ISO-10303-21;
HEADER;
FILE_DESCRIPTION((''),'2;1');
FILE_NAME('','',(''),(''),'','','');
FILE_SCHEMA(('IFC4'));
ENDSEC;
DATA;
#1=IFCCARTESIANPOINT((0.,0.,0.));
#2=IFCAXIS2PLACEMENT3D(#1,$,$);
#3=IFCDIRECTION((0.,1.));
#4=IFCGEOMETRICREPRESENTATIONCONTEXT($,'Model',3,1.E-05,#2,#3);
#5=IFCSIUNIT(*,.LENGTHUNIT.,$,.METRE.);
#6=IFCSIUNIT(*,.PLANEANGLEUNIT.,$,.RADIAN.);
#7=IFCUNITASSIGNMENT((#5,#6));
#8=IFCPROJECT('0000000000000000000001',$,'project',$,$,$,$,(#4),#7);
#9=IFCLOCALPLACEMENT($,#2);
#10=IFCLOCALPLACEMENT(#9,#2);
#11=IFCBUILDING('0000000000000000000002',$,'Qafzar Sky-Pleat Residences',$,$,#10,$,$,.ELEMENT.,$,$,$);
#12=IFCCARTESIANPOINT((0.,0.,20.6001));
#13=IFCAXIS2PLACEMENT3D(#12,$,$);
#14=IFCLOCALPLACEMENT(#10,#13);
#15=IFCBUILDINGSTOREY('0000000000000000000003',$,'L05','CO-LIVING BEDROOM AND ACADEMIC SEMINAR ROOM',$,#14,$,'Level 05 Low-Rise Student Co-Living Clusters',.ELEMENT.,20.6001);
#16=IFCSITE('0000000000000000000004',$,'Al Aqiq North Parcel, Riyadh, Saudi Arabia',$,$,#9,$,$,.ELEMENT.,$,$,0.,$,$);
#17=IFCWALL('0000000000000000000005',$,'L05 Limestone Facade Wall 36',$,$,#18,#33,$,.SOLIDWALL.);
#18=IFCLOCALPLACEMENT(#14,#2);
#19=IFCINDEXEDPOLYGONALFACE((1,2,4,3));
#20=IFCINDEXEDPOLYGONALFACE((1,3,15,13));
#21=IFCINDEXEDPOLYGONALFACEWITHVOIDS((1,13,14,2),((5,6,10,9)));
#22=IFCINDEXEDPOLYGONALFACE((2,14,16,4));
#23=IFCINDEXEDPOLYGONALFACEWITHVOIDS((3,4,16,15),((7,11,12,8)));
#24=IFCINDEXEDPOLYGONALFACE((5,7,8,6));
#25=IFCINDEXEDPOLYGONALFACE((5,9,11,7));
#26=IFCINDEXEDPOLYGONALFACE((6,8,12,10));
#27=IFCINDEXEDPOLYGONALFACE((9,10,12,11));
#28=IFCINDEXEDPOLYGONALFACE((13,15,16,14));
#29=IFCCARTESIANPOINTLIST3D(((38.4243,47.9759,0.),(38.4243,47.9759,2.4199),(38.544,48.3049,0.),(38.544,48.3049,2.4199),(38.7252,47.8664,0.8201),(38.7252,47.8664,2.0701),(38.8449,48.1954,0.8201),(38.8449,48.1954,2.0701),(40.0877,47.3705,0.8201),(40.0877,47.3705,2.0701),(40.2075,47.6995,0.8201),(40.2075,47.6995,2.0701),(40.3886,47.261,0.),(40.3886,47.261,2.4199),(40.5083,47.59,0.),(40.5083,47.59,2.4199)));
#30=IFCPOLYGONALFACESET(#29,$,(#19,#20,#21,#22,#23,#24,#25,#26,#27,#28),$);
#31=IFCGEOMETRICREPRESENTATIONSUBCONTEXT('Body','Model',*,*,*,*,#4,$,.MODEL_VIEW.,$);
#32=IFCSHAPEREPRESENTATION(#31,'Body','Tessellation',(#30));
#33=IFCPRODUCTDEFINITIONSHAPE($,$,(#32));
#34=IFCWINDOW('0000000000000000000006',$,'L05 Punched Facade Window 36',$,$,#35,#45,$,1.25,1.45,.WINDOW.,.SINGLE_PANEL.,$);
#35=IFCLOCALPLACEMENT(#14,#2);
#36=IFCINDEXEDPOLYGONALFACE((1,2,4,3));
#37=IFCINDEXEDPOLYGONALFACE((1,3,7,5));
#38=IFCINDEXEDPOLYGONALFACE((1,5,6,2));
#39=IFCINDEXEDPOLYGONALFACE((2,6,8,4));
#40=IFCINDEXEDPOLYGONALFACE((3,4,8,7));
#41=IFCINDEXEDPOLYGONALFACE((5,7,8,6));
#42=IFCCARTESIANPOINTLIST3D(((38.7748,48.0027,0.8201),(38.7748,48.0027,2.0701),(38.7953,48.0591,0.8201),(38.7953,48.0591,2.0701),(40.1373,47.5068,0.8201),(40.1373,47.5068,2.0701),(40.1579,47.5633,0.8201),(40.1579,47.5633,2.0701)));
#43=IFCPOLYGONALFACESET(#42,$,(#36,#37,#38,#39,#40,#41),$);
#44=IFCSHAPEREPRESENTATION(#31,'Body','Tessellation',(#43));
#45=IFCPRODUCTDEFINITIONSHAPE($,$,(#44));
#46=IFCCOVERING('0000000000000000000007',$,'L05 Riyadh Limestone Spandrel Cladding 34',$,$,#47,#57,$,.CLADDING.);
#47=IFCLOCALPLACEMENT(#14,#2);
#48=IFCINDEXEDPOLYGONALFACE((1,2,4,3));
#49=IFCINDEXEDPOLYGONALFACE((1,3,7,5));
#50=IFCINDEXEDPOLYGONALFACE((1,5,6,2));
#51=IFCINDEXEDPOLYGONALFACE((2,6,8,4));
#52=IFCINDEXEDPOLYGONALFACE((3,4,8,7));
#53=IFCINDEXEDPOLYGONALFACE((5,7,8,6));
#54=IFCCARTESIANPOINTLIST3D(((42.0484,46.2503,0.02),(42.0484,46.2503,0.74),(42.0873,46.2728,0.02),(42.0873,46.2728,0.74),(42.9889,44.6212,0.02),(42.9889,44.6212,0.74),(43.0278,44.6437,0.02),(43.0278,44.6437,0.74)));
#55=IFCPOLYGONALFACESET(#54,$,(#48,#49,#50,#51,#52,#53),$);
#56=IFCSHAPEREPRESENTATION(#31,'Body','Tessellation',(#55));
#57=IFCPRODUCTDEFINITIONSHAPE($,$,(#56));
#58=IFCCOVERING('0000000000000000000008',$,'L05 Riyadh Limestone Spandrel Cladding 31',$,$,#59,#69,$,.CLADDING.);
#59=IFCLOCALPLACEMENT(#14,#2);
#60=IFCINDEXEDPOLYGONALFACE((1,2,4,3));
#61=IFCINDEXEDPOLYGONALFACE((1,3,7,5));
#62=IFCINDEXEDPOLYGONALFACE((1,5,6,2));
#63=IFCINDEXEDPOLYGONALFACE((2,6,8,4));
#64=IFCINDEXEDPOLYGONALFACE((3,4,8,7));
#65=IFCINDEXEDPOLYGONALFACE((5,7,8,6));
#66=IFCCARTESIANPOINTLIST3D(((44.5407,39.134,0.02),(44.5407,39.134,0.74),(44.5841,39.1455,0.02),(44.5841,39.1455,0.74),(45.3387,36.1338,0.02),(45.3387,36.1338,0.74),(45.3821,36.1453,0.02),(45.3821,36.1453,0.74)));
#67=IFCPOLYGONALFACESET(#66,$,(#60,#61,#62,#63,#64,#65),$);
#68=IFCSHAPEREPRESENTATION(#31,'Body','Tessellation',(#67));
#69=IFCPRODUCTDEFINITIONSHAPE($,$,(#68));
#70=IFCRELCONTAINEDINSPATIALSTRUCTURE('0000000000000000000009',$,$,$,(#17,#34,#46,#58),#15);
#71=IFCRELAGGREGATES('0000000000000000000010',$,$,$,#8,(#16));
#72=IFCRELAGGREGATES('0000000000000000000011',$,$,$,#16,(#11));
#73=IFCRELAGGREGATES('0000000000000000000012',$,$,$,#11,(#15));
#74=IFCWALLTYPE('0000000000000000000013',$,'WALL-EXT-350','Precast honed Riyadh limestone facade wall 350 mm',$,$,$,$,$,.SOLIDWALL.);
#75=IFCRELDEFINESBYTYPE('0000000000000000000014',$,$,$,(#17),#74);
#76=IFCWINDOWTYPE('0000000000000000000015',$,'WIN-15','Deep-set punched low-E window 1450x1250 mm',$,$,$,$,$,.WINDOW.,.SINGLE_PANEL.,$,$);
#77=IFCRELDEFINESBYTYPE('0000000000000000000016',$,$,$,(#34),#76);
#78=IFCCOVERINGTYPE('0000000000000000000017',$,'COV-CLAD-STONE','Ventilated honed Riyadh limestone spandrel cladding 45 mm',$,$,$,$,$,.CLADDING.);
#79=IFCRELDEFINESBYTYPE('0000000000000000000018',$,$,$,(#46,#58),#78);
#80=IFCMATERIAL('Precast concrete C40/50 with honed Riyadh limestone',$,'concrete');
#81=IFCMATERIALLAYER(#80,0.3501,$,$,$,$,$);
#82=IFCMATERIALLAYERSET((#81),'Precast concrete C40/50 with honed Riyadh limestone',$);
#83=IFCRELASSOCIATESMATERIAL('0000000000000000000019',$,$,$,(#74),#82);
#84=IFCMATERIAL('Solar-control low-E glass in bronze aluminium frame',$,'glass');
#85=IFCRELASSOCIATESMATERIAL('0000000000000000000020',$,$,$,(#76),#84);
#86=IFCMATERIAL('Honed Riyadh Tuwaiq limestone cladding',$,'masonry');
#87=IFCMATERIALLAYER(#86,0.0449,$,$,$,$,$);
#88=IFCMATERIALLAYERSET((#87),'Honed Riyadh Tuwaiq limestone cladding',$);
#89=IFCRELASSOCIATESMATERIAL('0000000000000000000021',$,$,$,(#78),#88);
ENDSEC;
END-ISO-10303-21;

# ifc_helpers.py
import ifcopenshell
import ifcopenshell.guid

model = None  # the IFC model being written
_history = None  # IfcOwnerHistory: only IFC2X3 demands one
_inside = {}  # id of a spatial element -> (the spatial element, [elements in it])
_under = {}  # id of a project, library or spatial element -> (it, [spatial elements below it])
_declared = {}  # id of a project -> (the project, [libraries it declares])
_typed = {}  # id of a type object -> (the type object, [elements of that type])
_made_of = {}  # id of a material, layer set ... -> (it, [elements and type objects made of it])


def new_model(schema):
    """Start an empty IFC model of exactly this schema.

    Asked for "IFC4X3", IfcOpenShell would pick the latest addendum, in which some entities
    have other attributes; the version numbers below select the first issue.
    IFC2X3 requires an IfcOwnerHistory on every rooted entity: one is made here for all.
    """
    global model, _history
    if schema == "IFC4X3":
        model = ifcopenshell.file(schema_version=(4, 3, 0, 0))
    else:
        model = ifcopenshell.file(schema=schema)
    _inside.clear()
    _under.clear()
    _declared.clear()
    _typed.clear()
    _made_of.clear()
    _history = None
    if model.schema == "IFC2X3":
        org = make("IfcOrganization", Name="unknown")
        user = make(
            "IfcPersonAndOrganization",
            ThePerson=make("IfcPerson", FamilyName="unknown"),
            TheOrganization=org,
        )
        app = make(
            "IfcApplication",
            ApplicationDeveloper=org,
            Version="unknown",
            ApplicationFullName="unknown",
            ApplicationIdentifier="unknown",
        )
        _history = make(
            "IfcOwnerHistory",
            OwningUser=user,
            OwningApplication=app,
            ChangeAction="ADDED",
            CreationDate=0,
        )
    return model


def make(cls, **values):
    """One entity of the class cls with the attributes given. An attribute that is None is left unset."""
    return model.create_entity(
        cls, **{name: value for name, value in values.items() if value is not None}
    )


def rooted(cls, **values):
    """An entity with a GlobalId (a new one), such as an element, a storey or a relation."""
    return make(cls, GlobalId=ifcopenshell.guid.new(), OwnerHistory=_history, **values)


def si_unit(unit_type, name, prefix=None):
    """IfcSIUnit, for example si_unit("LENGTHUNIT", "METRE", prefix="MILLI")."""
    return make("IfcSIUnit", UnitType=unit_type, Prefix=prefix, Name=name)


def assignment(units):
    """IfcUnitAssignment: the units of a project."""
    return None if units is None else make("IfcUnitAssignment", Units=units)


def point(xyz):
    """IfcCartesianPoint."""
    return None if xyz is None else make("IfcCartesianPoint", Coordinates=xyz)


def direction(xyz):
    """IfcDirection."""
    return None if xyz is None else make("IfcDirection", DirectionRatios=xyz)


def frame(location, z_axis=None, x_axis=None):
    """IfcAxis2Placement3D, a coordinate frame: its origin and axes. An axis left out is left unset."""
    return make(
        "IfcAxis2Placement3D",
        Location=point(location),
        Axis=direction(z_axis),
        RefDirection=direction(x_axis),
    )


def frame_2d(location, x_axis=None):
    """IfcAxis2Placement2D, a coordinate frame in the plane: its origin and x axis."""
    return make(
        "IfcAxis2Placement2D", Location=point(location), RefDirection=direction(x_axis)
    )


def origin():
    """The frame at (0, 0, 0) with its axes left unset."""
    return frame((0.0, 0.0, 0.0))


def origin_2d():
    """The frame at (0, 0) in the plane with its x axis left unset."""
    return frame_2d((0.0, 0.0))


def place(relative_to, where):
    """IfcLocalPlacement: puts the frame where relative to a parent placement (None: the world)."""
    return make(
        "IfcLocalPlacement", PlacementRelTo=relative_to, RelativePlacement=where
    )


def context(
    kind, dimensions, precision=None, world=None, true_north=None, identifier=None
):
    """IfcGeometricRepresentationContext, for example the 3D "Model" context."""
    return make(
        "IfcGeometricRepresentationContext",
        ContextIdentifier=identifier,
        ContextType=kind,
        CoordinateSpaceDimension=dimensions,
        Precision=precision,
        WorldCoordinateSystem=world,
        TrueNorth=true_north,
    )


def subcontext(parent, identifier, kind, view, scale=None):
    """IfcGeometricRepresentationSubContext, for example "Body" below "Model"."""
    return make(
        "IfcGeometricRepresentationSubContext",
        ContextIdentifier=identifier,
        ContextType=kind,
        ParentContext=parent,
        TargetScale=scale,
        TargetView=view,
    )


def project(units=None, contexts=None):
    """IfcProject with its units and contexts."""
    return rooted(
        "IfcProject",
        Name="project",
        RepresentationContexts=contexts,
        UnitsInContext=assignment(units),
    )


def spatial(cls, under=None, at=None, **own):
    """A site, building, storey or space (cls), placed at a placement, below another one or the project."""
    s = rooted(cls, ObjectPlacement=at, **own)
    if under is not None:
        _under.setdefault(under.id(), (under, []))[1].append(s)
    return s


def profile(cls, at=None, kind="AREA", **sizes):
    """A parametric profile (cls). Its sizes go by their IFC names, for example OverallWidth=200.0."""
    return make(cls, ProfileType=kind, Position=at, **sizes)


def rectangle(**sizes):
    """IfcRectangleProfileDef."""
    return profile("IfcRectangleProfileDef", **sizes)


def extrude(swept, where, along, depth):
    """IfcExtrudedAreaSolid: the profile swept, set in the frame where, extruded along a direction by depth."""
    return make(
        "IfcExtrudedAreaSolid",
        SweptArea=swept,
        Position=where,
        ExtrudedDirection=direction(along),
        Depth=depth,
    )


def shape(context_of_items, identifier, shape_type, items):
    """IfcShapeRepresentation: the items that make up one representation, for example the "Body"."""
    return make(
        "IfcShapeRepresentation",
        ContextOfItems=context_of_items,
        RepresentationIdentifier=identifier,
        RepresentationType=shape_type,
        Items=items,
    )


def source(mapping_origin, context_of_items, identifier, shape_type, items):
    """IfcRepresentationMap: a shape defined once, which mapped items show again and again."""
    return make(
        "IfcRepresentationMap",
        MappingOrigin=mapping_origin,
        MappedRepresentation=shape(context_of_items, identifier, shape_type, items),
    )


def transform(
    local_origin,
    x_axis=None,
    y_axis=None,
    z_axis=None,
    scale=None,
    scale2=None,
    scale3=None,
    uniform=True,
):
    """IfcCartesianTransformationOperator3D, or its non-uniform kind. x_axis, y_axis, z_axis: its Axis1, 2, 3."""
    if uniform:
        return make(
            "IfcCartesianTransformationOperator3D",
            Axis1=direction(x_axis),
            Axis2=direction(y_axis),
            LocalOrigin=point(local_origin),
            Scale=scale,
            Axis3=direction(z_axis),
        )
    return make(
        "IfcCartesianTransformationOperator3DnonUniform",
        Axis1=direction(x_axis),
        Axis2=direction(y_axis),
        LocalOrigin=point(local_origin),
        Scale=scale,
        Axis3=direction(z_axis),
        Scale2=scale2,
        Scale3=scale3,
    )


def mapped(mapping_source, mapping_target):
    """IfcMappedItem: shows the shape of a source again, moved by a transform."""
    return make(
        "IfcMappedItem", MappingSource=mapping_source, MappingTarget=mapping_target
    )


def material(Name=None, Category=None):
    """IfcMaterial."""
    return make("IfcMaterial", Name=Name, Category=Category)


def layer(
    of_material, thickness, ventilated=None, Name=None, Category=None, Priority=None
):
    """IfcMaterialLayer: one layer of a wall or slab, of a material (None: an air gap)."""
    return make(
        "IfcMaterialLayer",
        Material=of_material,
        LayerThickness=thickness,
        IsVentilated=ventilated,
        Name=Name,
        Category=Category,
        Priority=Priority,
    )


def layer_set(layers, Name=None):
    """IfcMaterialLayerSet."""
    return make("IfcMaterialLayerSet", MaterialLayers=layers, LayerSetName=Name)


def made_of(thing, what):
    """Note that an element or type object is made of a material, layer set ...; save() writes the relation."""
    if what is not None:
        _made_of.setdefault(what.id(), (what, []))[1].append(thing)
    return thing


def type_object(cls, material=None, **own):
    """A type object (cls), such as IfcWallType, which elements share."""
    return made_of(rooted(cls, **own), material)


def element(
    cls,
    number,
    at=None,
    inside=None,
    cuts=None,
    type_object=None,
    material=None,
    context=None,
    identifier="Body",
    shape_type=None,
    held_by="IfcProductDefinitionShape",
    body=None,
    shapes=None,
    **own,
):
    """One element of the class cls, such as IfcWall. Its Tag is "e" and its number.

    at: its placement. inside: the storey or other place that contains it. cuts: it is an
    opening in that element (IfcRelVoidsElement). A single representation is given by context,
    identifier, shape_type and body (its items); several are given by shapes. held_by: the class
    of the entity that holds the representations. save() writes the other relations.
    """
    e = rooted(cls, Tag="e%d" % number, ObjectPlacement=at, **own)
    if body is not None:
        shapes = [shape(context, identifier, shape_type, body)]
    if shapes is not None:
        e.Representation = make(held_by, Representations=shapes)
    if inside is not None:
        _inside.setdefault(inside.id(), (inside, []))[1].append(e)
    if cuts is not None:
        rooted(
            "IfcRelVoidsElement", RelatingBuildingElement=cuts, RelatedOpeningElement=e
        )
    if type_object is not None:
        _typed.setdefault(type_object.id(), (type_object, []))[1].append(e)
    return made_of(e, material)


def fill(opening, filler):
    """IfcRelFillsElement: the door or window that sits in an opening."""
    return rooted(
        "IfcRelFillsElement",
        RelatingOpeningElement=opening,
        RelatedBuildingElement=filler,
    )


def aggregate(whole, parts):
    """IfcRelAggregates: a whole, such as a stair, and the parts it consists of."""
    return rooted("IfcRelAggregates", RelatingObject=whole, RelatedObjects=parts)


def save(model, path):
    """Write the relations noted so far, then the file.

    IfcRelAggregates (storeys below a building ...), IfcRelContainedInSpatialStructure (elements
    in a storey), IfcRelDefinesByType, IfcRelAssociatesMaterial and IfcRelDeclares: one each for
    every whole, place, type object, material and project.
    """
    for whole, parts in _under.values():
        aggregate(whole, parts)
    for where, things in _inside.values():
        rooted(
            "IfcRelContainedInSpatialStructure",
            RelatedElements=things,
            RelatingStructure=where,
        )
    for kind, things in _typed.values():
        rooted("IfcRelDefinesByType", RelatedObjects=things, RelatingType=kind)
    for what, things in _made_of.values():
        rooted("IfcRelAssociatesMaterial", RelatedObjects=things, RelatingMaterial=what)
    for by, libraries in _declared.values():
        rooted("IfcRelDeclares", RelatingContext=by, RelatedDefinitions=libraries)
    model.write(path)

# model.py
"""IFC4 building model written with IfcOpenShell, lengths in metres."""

from ifc_helpers import new_model, si_unit, direction, frame, frame_2d, origin, origin_2d, place, context, subcontext, project, spatial, rectangle, extrude, source, transform, mapped, material, layer, layer_set, type_object, element, fill, save


model = new_model("IFC4")

# Units and contexts
model_context = context("Model", 3, precision=1e-05, world=origin(), true_north=direction((0.0, 1.0)))
body_context = subcontext(model_context, "Body", "Model", "MODEL_VIEW")
ifc_project = project(units=[si_unit("LENGTHUNIT", "METRE"), si_unit("PLANEANGLEUNIT", "RADIAN")], contexts=[model_context])

# Site, building, storey
site_placement = place(None, origin())
site = spatial("IfcSite", under=ifc_project, at=site_placement, Name="Al Aqiq North Parcel, Riyadh, Saudi Arabia", CompositionType="ELEMENT", RefElevation=0.0)
building_placement = place(site_placement, origin())
building = spatial("IfcBuilding", under=site, at=building_placement, Name="Qafzar Sky-Pleat Residences", CompositionType="ELEMENT")
storey_placement = place(building_placement, frame((0.0, 0.0, 20.6001)))
storey = spatial("IfcBuildingStorey", under=building, at=storey_placement, Name="L05", Description="CO-LIVING BEDROOM AND ACADEMIC SEMINAR ROOM", LongName="Level 05 Low-Rise Student Co-Living Clusters", CompositionType="ELEMENT", Elevation=20.6001)

# Shared definitions
ifc_material_1 = material(Name="Precast concrete C40/50 with honed Riyadh limestone", Category="concrete")
ifc_layer_1 = layer(ifc_material_1, 0.3501)
ifc_layer_set_1 = layer_set([ifc_layer_1], Name="Precast concrete C40/50 with honed Riyadh limestone")
wall_type_1 = type_object("IfcWallType", Name="WALL-EXT-350", Description="Precast honed Riyadh limestone facade wall 350 mm", PredefinedType="SOLIDWALL", material=ifc_layer_set_1)
ifc_material_2 = material(Name="Solar-control low-E glass in bronze aluminium frame", Category="glass")
window_type = type_object("IfcWindowType", Name="WIN-15", Description="Deep-set punched low-E window 1450x1250 mm", PartitioningType="SINGLE_PANEL", PredefinedType="WINDOW", material=ifc_material_2)
shared_shape_1 = source(origin(), body_context, "Body", "SweptSolid", [
    extrude(rectangle(XDim=1.45, YDim=1.25, at=frame_2d((0.7251, 0.625))), frame((0.0, 0.03, 0.0), z_axis=(0.0, -1.0, 0.0), x_axis=(1.0, 0.0, 0.0)), (0.0, 0.0, 1.0), 0.0601),
])

# Wall, opening, window
wall_1_placement = place(storey_placement, frame((40.4485, 47.4255, 0.0), z_axis=(0.0, 0.0, 1.0), x_axis=(-0.939712, 0.341968, 0.0)))
wall_1 = element("IfcWall", 1, at=wall_1_placement, inside=storey, type_object=wall_type_1, Name="L05 Limestone Facade Wall 36", PredefinedType="SOLIDWALL", context=body_context, shape_type="SweptSolid", body=[
    extrude(rectangle(XDim=2.0903, YDim=0.3501, at=frame_2d((1.0452, 0.0))), origin(), (0.0, 0.0, 1.0), 2.4199),
])
opening_1_placement = place(wall_1_placement, frame((0.3201, 0.0, 0.8201)))
opening_1 = element("IfcOpeningElement", 2, at=opening_1_placement, cuts=wall_1, PredefinedType="OPENING", context=body_context, shape_type="SweptSolid", body=[
    extrude(rectangle(XDim=1.45, YDim=1.25, at=frame_2d((0.7251, 0.625))), frame((0.0, 0.1851, 0.0), z_axis=(0.0, -1.0, 0.0), x_axis=(1.0, 0.0, 0.0)), (0.0, 0.0, 1.0), 0.3701),
])
window_1_placement = place(opening_1_placement, origin())
window_1 = element("IfcWindow", 3, at=window_1_placement, inside=storey, type_object=window_type, Name="L05 Punched Facade Window 36", OverallHeight=1.25, OverallWidth=1.45, PartitioningType="SINGLE_PANEL", PredefinedType="WINDOW", context=body_context, shape_type="MappedRepresentation", body=[
    mapped(shared_shape_1, transform((0.0, 0.0, 0.0), x_axis=(1.0, 0.0, 0.0), y_axis=(0.0, 1.0, 0.0), z_axis=(0.0, 0.0, 1.0), scale=1.0)),
])
fill(opening_1, window_1)

# Coverings
ifc_material_3 = material(Name="Honed Riyadh Tuwaiq limestone cladding", Category="masonry")
ifc_layer_2 = layer(ifc_material_3, 0.0449)
ifc_layer_set_2 = layer_set([ifc_layer_2], Name="Honed Riyadh Tuwaiq limestone cladding")
covering_type = type_object("IfcCoveringType", Name="COV-CLAD-STONE", Description="Ventilated honed Riyadh limestone spandrel cladding 45 mm", PredefinedType="CLADDING", material=ifc_layer_set_2)
shared_shape_2 = source(origin(), body_context, "Body", "SweptSolid", [
    extrude(rectangle(XDim=1.8811, YDim=0.0449, at=origin_2d()), origin(), (0.0, 0.0, 1.0), 0.72),
])
covering_1_placement = place(storey_placement, frame((42.5381, 45.447, 0.02), z_axis=(0.0, 0.0, 1.0), x_axis=(-0.499993, 0.866029, 0.0)))
element("IfcCovering", 4, at=covering_1_placement, inside=storey, type_object=covering_type, Name="L05 Riyadh Limestone Spandrel Cladding 34", PredefinedType="CLADDING", context=body_context, shape_type="MappedRepresentation", body=[
    mapped(shared_shape_2, transform((0.0, 0.0, 0.0), x_axis=(1.0, 0.0, 0.0), y_axis=(0.0, 1.0, 0.0), z_axis=(0.0, 0.0, 1.0), scale=1.0)),
])
shared_shape_3 = source(origin(), body_context, "Body", "SweptSolid", [
    extrude(rectangle(XDim=3.1045, YDim=0.0449, at=origin_2d()), origin(), (0.0, 0.0, 1.0), 0.72),
])
covering_2_placement = place(storey_placement, frame((44.9614, 37.6396, 0.02), z_axis=(0.0, 0.0, 1.0), x_axis=(-0.257038, 0.966401, 0.0)))
element("IfcCovering", 5, at=covering_2_placement, inside=storey, type_object=covering_type, Name="L05 Riyadh Limestone Spandrel Cladding 31", PredefinedType="CLADDING", context=body_context, shape_type="MappedRepresentation", body=[
    mapped(shared_shape_3, transform((0.0, 0.0, 0.0), x_axis=(1.0, 0.0, 0.0), y_axis=(0.0, 1.0, 0.0), z_axis=(0.0, 0.0, 1.0), scale=1.0)),
])

save(model, "model.ifc")
